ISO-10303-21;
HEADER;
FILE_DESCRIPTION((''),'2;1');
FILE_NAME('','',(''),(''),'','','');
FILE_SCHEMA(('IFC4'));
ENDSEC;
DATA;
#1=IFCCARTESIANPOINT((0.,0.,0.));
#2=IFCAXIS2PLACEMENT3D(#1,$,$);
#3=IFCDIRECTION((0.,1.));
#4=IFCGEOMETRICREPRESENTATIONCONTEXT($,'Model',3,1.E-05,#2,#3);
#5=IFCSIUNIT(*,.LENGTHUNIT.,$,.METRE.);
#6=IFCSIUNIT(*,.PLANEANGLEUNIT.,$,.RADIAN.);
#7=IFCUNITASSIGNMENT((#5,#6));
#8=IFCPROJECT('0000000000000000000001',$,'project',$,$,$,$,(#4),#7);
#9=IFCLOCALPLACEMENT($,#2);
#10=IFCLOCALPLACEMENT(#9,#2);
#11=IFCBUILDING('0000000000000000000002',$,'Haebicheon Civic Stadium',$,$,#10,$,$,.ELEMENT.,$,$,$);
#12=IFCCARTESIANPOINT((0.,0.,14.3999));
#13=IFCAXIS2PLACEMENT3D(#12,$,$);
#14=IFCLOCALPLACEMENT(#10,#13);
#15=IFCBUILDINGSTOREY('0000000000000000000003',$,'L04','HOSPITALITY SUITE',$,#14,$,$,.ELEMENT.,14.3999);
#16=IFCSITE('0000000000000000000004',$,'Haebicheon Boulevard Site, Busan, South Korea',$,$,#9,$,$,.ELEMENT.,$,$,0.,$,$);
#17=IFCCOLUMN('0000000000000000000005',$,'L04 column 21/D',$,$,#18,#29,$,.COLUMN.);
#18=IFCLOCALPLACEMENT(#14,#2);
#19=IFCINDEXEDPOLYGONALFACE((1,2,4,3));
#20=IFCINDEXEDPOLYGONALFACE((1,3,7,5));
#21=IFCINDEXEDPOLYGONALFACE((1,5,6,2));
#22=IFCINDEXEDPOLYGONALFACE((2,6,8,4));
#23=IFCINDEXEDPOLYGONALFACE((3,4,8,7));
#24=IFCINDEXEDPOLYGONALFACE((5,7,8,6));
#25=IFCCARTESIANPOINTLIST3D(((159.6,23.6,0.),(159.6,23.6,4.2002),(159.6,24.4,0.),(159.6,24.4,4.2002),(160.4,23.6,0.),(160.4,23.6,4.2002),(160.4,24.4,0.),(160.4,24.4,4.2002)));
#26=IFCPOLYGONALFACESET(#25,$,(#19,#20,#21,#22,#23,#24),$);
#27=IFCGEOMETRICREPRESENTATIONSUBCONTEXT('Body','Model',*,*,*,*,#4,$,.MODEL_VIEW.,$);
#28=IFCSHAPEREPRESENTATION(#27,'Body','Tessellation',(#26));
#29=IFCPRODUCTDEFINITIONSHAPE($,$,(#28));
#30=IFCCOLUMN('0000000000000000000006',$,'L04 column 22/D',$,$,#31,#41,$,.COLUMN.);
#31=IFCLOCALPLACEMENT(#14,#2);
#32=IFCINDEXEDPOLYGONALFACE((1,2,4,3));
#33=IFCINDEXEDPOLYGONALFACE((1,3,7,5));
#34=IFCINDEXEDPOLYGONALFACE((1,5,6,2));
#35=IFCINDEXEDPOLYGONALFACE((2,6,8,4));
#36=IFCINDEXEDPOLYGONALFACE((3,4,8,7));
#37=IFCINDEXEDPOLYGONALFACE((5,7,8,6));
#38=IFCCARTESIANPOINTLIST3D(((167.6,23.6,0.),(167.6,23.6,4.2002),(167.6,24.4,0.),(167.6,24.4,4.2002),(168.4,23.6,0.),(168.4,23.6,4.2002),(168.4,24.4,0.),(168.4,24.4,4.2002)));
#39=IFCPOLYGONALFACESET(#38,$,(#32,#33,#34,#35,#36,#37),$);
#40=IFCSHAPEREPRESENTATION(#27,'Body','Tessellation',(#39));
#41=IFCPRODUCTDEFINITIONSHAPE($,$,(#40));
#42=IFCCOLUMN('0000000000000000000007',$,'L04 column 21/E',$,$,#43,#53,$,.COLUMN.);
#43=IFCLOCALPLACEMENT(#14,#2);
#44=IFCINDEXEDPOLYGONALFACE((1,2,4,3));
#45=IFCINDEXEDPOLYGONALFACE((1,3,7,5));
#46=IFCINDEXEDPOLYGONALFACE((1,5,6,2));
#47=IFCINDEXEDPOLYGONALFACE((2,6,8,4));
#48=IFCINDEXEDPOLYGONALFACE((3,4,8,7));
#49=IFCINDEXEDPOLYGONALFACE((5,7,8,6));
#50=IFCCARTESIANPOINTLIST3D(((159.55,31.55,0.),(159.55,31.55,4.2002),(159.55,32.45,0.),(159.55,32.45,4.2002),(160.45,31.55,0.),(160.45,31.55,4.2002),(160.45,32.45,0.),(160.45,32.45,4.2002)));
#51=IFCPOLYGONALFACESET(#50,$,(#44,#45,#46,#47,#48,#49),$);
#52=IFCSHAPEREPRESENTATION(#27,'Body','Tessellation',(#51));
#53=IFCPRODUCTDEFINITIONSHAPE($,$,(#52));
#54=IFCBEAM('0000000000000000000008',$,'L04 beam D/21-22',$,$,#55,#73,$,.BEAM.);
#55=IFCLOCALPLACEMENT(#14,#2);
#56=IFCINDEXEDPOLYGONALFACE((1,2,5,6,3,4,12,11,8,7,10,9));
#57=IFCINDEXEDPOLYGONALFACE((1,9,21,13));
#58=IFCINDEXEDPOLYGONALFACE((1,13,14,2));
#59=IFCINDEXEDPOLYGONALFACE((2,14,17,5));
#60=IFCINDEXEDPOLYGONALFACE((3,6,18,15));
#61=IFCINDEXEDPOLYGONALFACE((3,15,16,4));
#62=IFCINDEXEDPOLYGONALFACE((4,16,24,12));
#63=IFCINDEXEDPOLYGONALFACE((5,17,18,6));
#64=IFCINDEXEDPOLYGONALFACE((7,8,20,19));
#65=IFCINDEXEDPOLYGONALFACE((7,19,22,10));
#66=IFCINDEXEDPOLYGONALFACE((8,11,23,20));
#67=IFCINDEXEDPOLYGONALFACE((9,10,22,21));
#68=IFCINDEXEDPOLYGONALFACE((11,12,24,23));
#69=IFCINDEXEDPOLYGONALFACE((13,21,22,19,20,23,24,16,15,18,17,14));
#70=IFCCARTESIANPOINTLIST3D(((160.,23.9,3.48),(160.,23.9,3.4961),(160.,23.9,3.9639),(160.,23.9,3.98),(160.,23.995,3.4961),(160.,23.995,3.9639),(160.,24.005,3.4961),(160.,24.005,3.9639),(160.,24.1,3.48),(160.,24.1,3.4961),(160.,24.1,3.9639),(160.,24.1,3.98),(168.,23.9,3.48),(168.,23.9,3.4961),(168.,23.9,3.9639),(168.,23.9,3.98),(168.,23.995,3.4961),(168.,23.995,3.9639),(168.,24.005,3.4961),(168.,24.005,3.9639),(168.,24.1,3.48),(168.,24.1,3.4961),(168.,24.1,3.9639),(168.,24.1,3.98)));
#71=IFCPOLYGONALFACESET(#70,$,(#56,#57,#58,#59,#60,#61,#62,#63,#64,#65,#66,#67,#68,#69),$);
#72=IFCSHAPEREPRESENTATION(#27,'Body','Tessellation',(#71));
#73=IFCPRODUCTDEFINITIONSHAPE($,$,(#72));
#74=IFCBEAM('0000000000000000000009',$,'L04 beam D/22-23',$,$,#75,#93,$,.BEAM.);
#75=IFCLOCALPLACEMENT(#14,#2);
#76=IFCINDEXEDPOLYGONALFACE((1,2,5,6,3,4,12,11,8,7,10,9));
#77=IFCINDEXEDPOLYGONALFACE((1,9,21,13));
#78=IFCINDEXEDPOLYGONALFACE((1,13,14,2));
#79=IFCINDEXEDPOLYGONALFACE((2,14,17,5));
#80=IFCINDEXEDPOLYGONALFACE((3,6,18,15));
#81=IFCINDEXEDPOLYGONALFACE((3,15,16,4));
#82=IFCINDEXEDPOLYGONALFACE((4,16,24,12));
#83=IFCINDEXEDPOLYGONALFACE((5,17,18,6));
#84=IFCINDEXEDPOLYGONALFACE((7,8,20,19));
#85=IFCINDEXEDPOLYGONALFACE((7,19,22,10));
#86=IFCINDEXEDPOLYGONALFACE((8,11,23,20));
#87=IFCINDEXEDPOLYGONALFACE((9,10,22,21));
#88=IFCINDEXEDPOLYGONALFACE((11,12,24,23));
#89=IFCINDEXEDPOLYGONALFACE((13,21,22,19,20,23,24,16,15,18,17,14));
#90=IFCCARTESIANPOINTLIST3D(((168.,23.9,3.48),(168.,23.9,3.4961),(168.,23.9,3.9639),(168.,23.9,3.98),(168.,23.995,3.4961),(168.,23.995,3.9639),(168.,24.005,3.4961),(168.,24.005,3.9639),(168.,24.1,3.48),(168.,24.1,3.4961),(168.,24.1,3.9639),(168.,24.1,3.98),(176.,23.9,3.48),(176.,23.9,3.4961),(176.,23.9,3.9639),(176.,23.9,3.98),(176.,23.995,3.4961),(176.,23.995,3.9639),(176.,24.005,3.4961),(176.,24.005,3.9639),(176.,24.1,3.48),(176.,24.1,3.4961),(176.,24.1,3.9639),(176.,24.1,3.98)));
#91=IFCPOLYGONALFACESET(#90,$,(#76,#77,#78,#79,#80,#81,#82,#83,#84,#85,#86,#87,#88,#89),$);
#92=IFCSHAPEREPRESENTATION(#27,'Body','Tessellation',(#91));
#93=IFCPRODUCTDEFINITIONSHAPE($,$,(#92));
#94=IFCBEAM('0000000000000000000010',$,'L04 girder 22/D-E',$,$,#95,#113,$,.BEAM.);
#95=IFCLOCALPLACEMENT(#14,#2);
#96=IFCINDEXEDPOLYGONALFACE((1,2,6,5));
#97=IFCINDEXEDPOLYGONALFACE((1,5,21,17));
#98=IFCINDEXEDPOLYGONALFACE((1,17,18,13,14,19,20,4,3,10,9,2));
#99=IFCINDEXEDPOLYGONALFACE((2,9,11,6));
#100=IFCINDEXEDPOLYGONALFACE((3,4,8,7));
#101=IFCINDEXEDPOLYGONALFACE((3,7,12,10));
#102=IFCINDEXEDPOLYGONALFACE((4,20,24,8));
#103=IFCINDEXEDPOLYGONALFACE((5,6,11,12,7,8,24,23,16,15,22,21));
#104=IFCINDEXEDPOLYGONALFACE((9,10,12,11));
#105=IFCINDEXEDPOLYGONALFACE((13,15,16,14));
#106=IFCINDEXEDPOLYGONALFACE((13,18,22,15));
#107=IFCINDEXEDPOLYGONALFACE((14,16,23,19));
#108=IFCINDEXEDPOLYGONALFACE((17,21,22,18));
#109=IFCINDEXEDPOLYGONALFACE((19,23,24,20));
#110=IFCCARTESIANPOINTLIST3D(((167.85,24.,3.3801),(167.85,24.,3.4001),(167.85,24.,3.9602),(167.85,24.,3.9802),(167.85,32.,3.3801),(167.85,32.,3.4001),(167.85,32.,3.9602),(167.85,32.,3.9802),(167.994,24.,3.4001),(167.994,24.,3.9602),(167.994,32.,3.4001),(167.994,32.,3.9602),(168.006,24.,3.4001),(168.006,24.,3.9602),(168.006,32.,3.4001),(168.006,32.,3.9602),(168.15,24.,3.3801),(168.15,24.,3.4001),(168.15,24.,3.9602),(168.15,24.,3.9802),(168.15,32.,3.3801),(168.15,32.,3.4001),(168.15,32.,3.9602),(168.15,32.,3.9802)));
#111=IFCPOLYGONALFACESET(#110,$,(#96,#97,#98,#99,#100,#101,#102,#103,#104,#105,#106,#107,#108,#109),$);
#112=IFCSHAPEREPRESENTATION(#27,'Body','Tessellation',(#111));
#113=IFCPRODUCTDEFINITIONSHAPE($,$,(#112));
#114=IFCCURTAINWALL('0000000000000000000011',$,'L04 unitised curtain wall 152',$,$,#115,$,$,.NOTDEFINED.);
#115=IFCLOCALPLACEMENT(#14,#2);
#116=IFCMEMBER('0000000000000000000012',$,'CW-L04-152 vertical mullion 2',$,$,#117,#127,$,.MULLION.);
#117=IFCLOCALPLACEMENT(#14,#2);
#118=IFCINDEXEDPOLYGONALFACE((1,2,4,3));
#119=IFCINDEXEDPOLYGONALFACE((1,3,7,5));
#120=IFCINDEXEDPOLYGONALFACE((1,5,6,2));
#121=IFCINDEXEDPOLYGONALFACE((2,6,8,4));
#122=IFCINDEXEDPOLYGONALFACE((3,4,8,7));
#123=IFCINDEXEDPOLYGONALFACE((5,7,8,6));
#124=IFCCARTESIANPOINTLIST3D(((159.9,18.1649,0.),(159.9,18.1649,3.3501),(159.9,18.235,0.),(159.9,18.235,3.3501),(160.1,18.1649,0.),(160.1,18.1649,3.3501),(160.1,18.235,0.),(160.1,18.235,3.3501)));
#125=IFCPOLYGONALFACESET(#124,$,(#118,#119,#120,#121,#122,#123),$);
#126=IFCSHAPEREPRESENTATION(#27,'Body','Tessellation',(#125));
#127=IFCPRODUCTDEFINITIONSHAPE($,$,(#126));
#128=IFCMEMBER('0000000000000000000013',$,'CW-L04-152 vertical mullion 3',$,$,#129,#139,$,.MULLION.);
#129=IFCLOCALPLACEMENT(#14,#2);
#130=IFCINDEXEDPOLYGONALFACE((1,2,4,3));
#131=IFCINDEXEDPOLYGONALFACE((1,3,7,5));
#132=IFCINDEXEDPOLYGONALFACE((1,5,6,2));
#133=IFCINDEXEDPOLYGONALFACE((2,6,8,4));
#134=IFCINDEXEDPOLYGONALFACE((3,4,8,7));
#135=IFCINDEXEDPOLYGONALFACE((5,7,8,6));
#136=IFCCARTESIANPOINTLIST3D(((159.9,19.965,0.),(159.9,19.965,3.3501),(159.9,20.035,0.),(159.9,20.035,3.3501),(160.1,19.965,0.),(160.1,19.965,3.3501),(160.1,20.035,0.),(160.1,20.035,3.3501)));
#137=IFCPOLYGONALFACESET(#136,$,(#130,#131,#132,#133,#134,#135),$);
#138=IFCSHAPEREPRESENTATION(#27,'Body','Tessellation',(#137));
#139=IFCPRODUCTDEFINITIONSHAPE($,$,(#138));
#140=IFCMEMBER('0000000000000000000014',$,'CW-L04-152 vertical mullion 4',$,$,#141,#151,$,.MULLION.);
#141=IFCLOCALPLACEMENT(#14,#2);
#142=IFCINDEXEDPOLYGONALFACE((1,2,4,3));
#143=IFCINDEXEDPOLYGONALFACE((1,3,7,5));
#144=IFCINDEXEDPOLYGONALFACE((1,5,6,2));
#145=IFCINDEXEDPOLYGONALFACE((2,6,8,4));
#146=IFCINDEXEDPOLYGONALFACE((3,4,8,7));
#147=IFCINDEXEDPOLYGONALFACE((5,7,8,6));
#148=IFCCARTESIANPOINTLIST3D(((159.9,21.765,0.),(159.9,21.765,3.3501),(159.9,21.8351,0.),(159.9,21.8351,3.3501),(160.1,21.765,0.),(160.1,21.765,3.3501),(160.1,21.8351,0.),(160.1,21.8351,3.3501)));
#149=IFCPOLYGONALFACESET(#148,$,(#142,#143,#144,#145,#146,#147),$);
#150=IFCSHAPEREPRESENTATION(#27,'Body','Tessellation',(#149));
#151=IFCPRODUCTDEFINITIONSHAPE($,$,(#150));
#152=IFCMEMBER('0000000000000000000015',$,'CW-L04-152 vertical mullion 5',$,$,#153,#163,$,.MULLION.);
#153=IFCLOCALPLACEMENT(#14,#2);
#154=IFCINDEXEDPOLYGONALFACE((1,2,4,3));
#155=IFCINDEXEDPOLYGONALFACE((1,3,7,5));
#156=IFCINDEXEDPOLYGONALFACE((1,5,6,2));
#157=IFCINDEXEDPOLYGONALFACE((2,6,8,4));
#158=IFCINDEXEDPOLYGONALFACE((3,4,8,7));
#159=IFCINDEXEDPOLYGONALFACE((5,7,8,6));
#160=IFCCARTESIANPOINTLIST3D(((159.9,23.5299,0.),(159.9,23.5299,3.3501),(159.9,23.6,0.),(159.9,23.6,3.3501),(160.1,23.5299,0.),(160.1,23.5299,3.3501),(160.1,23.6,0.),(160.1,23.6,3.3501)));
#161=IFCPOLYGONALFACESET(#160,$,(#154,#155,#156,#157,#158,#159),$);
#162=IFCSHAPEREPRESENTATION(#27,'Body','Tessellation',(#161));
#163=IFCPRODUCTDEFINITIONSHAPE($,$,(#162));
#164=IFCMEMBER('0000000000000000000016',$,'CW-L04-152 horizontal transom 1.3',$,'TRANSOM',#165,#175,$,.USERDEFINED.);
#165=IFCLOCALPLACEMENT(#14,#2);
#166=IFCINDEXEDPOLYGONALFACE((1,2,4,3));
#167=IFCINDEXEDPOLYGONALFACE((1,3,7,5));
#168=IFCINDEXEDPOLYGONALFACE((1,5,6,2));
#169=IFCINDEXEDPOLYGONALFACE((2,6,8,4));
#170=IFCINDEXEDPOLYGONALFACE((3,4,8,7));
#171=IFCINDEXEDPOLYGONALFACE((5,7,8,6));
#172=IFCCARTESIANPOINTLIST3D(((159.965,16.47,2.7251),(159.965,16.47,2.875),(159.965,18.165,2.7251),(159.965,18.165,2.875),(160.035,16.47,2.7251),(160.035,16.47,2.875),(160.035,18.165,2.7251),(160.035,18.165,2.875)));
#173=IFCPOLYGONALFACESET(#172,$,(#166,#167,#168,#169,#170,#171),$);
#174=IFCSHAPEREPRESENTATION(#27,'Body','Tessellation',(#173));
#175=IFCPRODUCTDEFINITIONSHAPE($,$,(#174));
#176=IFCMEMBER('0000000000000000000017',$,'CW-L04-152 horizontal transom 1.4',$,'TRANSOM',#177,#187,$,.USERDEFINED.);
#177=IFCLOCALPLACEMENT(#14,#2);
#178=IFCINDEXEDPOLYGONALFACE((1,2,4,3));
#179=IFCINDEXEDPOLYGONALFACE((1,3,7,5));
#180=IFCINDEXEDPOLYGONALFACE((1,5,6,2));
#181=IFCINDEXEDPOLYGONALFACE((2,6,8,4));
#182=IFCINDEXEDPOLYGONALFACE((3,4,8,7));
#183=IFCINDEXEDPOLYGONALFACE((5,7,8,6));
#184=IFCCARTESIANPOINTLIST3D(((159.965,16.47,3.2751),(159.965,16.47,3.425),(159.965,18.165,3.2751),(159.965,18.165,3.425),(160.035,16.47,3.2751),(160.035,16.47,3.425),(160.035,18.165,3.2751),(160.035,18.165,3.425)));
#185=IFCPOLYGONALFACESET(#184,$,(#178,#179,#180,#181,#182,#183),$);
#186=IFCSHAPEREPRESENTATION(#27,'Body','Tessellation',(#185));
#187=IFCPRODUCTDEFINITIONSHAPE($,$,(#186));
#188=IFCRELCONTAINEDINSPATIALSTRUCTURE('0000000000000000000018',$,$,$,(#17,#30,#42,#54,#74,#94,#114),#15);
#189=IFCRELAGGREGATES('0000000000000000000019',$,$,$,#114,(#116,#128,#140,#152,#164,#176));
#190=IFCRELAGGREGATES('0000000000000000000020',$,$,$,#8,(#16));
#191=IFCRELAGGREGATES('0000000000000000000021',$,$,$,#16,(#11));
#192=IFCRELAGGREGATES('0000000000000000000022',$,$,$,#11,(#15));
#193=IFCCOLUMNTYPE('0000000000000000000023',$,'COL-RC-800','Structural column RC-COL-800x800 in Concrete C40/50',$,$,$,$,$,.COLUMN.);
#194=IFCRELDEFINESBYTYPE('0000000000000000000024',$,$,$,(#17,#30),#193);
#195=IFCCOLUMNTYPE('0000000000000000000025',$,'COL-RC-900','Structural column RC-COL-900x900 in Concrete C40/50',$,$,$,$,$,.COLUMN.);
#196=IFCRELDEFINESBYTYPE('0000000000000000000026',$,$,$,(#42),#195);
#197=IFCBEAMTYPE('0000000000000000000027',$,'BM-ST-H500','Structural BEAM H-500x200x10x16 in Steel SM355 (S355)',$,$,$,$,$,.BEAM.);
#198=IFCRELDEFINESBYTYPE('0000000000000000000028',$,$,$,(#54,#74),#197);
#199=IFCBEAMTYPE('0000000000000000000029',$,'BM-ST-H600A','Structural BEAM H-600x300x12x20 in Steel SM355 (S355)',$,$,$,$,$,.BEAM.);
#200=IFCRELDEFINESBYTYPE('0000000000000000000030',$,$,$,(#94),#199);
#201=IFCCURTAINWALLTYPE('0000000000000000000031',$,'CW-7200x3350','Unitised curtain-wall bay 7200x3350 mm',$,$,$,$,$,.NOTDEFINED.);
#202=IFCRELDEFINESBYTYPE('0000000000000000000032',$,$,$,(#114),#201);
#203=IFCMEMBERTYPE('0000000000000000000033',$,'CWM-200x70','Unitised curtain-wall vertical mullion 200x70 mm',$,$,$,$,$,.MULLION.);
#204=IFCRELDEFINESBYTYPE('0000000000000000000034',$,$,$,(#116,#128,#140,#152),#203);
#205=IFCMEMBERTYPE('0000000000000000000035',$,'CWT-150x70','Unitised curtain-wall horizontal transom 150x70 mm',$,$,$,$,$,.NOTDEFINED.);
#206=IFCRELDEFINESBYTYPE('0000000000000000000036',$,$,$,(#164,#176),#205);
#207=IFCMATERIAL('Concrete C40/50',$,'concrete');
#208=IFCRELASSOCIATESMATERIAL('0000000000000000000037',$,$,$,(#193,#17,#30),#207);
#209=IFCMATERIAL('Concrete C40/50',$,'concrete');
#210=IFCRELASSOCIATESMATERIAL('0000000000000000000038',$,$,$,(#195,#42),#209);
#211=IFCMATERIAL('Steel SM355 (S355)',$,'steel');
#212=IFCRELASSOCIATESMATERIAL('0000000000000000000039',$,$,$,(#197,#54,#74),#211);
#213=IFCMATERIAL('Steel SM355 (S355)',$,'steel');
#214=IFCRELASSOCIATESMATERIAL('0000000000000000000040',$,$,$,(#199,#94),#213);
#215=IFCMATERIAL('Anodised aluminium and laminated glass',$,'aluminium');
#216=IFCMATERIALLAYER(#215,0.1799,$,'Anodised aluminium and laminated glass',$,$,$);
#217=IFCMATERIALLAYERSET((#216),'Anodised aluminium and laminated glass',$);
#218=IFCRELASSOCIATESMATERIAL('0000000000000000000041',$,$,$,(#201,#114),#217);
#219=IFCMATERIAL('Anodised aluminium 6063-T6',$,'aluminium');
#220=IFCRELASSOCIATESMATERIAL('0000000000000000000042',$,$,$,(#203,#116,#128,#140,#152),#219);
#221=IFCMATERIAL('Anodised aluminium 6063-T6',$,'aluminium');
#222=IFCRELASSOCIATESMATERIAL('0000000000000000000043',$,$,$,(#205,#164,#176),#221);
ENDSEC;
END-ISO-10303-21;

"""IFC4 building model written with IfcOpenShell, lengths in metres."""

from ifc_helpers import new_model, si_unit, direction, frame, origin, origin_2d, place, context, subcontext, project, spatial, rectangle, i_section, extrude, material, layer, layer_set, material_profile, profile_set, type_object, element, aggregate, save


model = new_model("IFC4")

# Units and contexts
model_context = context("Model", 3, precision=1e-05, world=origin(), true_north=direction((0.0, 1.0)))
body_context = subcontext(model_context, "Body", "Model", "MODEL_VIEW")
ifc_project = project(units=[si_unit("LENGTHUNIT", "METRE"), si_unit("PLANEANGLEUNIT", "RADIAN")], contexts=[model_context])

# Site, building, storey
site_placement = place(None, origin())
site = spatial("IfcSite", under=ifc_project, at=site_placement, Name="Haebicheon Boulevard Site, Busan, South Korea", CompositionType="ELEMENT", RefElevation=0.0)
building_placement = place(site_placement, origin())
building = spatial("IfcBuilding", under=site, at=building_placement, Name="Haebicheon Civic Stadium", CompositionType="ELEMENT")
storey_placement = place(building_placement, frame((0.0, 0.0, 14.3999)))
storey = spatial("IfcBuildingStorey", under=building, at=storey_placement, Name="L04", Description="HOSPITALITY SUITE", CompositionType="ELEMENT", Elevation=14.3999)

# Columns
ifc_material_1 = material(Name="Concrete C40/50", Category="concrete")
ifc_material_profile_1 = material_profile(ifc_material_1, rectangle(XDim=0.8, YDim=0.8, at=origin_2d()), Name="RC-COL-800x800")
ifc_profile_set_1 = profile_set([ifc_material_profile_1], Name="Concrete C40/50")
column_type_1 = type_object("IfcColumnType", Name="COL-RC-800", Description="Structural column RC-COL-800x800 in Concrete C40/50", PredefinedType="COLUMN", material=ifc_profile_set_1)
for number, where, z_axis, x_axis, name in (
    (1, (160.0, 24.0, 0.0), (0.0, 0.0, 1.0), (1.0, 0.0, 0.0), "L04 column 21/D"),
    (2, (168.0, 24.0, 0.0), (0.0, 0.0, 1.0), (1.0, 0.0, 0.0), "L04 column 22/D"),
):
    element("IfcColumn", number, at=place(storey_placement, frame(where, z_axis=z_axis, x_axis=x_axis)), inside=storey, type_object=column_type_1, material=ifc_profile_set_1, Name=name, PredefinedType="COLUMN", context=body_context, shape_type="SweptSolid", body=[
        extrude(rectangle(XDim=0.8, YDim=0.8, at=origin_2d()), origin(), (0.0, 0.0, 1.0), 4.2002),
    ])
ifc_material_2 = material(Name="Concrete C40/50", Category="concrete")
ifc_material_profile_2 = material_profile(ifc_material_2, rectangle(XDim=0.8999, YDim=0.8999, at=origin_2d()), Name="RC-COL-900x900")
ifc_profile_set_2 = profile_set([ifc_material_profile_2], Name="Concrete C40/50")
column_type_2 = type_object("IfcColumnType", Name="COL-RC-900", Description="Structural column RC-COL-900x900 in Concrete C40/50", PredefinedType="COLUMN", material=ifc_profile_set_2)
column_placement = place(storey_placement, frame((160.0, 32.0, 0.0), z_axis=(0.0, 0.0, 1.0), x_axis=(1.0, 0.0, 0.0)))
element("IfcColumn", 3, at=column_placement, inside=storey, type_object=column_type_2, material=ifc_profile_set_2, Name="L04 column 21/E", PredefinedType="COLUMN", context=body_context, shape_type="SweptSolid", body=[
    extrude(rectangle(XDim=0.8999, YDim=0.8999, at=origin_2d()), origin(), (0.0, 0.0, 1.0), 4.2002),
])

# Beams
ifc_material_3 = material(Name="Steel SM355 (S355)", Category="steel")
ifc_material_profile_3 = material_profile(ifc_material_3, i_section(OverallWidth=0.2, OverallDepth=0.5, WebThickness=0.01, FlangeThickness=0.0161, at=origin_2d()), Name="H-500x200x10x16")
ifc_profile_set_3 = profile_set([ifc_material_profile_3], Name="Steel SM355 (S355)")
beam_type_1 = type_object("IfcBeamType", Name="BM-ST-H500", Description="Structural BEAM H-500x200x10x16 in Steel SM355 (S355)", PredefinedType="BEAM", material=ifc_profile_set_3)
for number, where, z_axis, x_axis, name in (
    (4, (160.0, 24.0, 3.73), (1.0, 0.0, 0.0), (0.0, 1.0, 0.0), "L04 beam D/21-22"),
    (5, (168.0, 24.0, 3.73), (1.0, 0.0, 0.0), (0.0, 1.0, 0.0), "L04 beam D/22-23"),
):
    element("IfcBeam", number, at=place(storey_placement, frame(where, z_axis=z_axis, x_axis=x_axis)), inside=storey, type_object=beam_type_1, material=ifc_profile_set_3, Name=name, PredefinedType="BEAM", context=body_context, shape_type="SweptSolid", body=[
        extrude(i_section(OverallWidth=0.2, OverallDepth=0.5, WebThickness=0.01, FlangeThickness=0.0161, at=origin_2d()), origin(), (0.0, 0.0, 1.0), 8.0),
    ])
ifc_material_4 = material(Name="Steel SM355 (S355)", Category="steel")
ifc_material_profile_4 = material_profile(ifc_material_4, i_section(OverallWidth=0.3, OverallDepth=0.6001, WebThickness=0.012, FlangeThickness=0.02, at=origin_2d()), Name="H-600x300x12x20")
ifc_profile_set_4 = profile_set([ifc_material_profile_4], Name="Steel SM355 (S355)")
beam_type_2 = type_object("IfcBeamType", Name="BM-ST-H600A", Description="Structural BEAM H-600x300x12x20 in Steel SM355 (S355)", PredefinedType="BEAM", material=ifc_profile_set_4)
beam_1_placement = place(storey_placement, frame((168.0, 24.0, 3.6802), z_axis=(0.0, 1.0, 0.0), x_axis=(-1.0, 0.0, 0.0)))
element("IfcBeam", 6, at=beam_1_placement, inside=storey, type_object=beam_type_2, material=ifc_profile_set_4, Name="L04 girder 22/D-E", PredefinedType="BEAM", context=body_context, shape_type="SweptSolid", body=[
    extrude(i_section(OverallWidth=0.3, OverallDepth=0.6001, WebThickness=0.012, FlangeThickness=0.02, at=origin_2d()), origin(), (0.0, 0.0, 1.0), 8.0),
])

# Curtain wall, members
ifc_material_5 = material(Name="Anodised aluminium and laminated glass", Category="aluminium")
ifc_layer_1 = layer(ifc_material_5, 0.1799, Name="Anodised aluminium and laminated glass")
ifc_layer_set_1 = layer_set([ifc_layer_1], Name="Anodised aluminium and laminated glass")
curtain_wall_type = type_object("IfcCurtainWallType", Name="CW-7200x3350", Description="Unitised curtain-wall bay 7200x3350 mm", PredefinedType="NOTDEFINED", material=ifc_layer_set_1)
curtain_wall_placement = place(storey_placement, origin())
curtain_wall = element("IfcCurtainWall", 7, at=curtain_wall_placement, inside=storey, type_object=curtain_wall_type, material=ifc_layer_set_1, Name="L04 unitised curtain wall 152", PredefinedType="NOTDEFINED")
ifc_material_6 = material(Name="Anodised aluminium 6063-T6", Category="aluminium")
ifc_material_profile_5 = material_profile(ifc_material_6, rectangle(XDim=0.0701, YDim=0.2, at=origin_2d()), Name="ALU-MULL-70x200")
ifc_profile_set_5 = profile_set([ifc_material_profile_5], Name="Anodised aluminium 6063-T6")
member_type_1 = type_object("IfcMemberType", Name="CWM-200x70", Description="Unitised curtain-wall vertical mullion 200x70 mm", PredefinedType="MULLION", material=ifc_profile_set_5)
member_1_placement = place(storey_placement, frame((160.0, 18.2, 0.0), z_axis=(0.0, 0.0, 1.0), x_axis=(0.0, 1.0, 0.0)))
member_1 = element("IfcMember", 8, at=member_1_placement, type_object=member_type_1, material=ifc_profile_set_5, Name="CW-L04-152 vertical mullion 2", PredefinedType="MULLION", context=body_context, shape_type="SweptSolid", body=[
    extrude(rectangle(XDim=0.0701, YDim=0.2, at=origin_2d()), origin(), (0.0, 0.0, 1.0), 3.3501),
])
member_2_placement = place(storey_placement, frame((160.0, 20.0, 0.0), z_axis=(0.0, 0.0, 1.0), x_axis=(0.0, 1.0, 0.0)))
member_2 = element("IfcMember", 9, at=member_2_placement, type_object=member_type_1, material=ifc_profile_set_5, Name="CW-L04-152 vertical mullion 3", PredefinedType="MULLION", context=body_context, shape_type="SweptSolid", body=[
    extrude(rectangle(XDim=0.0701, YDim=0.2, at=origin_2d()), origin(), (0.0, 0.0, 1.0), 3.3501),
])
member_3_placement = place(storey_placement, frame((160.0, 21.8, 0.0), z_axis=(0.0, 0.0, 1.0), x_axis=(0.0, 1.0, 0.0)))
member_3 = element("IfcMember", 10, at=member_3_placement, type_object=member_type_1, material=ifc_profile_set_5, Name="CW-L04-152 vertical mullion 4", PredefinedType="MULLION", context=body_context, shape_type="SweptSolid", body=[
    extrude(rectangle(XDim=0.0701, YDim=0.2, at=origin_2d()), origin(), (0.0, 0.0, 1.0), 3.3501),
])
member_4_placement = place(storey_placement, frame((160.0, 23.5649, 0.0), z_axis=(0.0, 0.0, 1.0), x_axis=(0.0, 1.0, 0.0)))
member_4 = element("IfcMember", 11, at=member_4_placement, type_object=member_type_1, material=ifc_profile_set_5, Name="CW-L04-152 vertical mullion 5", PredefinedType="MULLION", context=body_context, shape_type="SweptSolid", body=[
    extrude(rectangle(XDim=0.0701, YDim=0.2, at=origin_2d()), origin(), (0.0, 0.0, 1.0), 3.3501),
])
ifc_material_7 = material(Name="Anodised aluminium 6063-T6", Category="aluminium")
ifc_material_profile_6 = material_profile(ifc_material_7, rectangle(XDim=0.0701, YDim=0.1499, at=origin_2d()), Name="ALU-TRAN-70x150")
ifc_profile_set_6 = profile_set([ifc_material_profile_6], Name="Anodised aluminium 6063-T6")
member_type_2 = type_object("IfcMemberType", Name="CWT-150x70", Description="Unitised curtain-wall horizontal transom 150x70 mm", PredefinedType="NOTDEFINED", material=ifc_profile_set_6)
member_5_placement = place(storey_placement, frame((160.0, 16.47, 2.8), z_axis=(0.0, 1.0, 0.0), x_axis=(-1.0, 0.0, 0.0)))
member_5 = element("IfcMember", 12, at=member_5_placement, type_object=member_type_2, material=ifc_profile_set_6, Name="CW-L04-152 horizontal transom 1.3", ObjectType="TRANSOM", PredefinedType="USERDEFINED", context=body_context, shape_type="SweptSolid", body=[
    extrude(rectangle(XDim=0.0701, YDim=0.1499, at=origin_2d()), origin(), (0.0, 0.0, 1.0), 1.6951),
])
member_6_placement = place(storey_placement, frame((160.0, 16.47, 3.3501), z_axis=(0.0, 1.0, 0.0), x_axis=(-1.0, 0.0, 0.0)))
member_6 = element("IfcMember", 13, at=member_6_placement, type_object=member_type_2, material=ifc_profile_set_6, Name="CW-L04-152 horizontal transom 1.4", ObjectType="TRANSOM", PredefinedType="USERDEFINED", context=body_context, shape_type="SweptSolid", body=[
    extrude(rectangle(XDim=0.0701, YDim=0.1499, at=origin_2d()), origin(), (0.0, 0.0, 1.0), 1.6951),
])

aggregate(curtain_wall, [member_1, member_2, member_3, member_4, member_5, member_6])

save(model, "model.ifc")
